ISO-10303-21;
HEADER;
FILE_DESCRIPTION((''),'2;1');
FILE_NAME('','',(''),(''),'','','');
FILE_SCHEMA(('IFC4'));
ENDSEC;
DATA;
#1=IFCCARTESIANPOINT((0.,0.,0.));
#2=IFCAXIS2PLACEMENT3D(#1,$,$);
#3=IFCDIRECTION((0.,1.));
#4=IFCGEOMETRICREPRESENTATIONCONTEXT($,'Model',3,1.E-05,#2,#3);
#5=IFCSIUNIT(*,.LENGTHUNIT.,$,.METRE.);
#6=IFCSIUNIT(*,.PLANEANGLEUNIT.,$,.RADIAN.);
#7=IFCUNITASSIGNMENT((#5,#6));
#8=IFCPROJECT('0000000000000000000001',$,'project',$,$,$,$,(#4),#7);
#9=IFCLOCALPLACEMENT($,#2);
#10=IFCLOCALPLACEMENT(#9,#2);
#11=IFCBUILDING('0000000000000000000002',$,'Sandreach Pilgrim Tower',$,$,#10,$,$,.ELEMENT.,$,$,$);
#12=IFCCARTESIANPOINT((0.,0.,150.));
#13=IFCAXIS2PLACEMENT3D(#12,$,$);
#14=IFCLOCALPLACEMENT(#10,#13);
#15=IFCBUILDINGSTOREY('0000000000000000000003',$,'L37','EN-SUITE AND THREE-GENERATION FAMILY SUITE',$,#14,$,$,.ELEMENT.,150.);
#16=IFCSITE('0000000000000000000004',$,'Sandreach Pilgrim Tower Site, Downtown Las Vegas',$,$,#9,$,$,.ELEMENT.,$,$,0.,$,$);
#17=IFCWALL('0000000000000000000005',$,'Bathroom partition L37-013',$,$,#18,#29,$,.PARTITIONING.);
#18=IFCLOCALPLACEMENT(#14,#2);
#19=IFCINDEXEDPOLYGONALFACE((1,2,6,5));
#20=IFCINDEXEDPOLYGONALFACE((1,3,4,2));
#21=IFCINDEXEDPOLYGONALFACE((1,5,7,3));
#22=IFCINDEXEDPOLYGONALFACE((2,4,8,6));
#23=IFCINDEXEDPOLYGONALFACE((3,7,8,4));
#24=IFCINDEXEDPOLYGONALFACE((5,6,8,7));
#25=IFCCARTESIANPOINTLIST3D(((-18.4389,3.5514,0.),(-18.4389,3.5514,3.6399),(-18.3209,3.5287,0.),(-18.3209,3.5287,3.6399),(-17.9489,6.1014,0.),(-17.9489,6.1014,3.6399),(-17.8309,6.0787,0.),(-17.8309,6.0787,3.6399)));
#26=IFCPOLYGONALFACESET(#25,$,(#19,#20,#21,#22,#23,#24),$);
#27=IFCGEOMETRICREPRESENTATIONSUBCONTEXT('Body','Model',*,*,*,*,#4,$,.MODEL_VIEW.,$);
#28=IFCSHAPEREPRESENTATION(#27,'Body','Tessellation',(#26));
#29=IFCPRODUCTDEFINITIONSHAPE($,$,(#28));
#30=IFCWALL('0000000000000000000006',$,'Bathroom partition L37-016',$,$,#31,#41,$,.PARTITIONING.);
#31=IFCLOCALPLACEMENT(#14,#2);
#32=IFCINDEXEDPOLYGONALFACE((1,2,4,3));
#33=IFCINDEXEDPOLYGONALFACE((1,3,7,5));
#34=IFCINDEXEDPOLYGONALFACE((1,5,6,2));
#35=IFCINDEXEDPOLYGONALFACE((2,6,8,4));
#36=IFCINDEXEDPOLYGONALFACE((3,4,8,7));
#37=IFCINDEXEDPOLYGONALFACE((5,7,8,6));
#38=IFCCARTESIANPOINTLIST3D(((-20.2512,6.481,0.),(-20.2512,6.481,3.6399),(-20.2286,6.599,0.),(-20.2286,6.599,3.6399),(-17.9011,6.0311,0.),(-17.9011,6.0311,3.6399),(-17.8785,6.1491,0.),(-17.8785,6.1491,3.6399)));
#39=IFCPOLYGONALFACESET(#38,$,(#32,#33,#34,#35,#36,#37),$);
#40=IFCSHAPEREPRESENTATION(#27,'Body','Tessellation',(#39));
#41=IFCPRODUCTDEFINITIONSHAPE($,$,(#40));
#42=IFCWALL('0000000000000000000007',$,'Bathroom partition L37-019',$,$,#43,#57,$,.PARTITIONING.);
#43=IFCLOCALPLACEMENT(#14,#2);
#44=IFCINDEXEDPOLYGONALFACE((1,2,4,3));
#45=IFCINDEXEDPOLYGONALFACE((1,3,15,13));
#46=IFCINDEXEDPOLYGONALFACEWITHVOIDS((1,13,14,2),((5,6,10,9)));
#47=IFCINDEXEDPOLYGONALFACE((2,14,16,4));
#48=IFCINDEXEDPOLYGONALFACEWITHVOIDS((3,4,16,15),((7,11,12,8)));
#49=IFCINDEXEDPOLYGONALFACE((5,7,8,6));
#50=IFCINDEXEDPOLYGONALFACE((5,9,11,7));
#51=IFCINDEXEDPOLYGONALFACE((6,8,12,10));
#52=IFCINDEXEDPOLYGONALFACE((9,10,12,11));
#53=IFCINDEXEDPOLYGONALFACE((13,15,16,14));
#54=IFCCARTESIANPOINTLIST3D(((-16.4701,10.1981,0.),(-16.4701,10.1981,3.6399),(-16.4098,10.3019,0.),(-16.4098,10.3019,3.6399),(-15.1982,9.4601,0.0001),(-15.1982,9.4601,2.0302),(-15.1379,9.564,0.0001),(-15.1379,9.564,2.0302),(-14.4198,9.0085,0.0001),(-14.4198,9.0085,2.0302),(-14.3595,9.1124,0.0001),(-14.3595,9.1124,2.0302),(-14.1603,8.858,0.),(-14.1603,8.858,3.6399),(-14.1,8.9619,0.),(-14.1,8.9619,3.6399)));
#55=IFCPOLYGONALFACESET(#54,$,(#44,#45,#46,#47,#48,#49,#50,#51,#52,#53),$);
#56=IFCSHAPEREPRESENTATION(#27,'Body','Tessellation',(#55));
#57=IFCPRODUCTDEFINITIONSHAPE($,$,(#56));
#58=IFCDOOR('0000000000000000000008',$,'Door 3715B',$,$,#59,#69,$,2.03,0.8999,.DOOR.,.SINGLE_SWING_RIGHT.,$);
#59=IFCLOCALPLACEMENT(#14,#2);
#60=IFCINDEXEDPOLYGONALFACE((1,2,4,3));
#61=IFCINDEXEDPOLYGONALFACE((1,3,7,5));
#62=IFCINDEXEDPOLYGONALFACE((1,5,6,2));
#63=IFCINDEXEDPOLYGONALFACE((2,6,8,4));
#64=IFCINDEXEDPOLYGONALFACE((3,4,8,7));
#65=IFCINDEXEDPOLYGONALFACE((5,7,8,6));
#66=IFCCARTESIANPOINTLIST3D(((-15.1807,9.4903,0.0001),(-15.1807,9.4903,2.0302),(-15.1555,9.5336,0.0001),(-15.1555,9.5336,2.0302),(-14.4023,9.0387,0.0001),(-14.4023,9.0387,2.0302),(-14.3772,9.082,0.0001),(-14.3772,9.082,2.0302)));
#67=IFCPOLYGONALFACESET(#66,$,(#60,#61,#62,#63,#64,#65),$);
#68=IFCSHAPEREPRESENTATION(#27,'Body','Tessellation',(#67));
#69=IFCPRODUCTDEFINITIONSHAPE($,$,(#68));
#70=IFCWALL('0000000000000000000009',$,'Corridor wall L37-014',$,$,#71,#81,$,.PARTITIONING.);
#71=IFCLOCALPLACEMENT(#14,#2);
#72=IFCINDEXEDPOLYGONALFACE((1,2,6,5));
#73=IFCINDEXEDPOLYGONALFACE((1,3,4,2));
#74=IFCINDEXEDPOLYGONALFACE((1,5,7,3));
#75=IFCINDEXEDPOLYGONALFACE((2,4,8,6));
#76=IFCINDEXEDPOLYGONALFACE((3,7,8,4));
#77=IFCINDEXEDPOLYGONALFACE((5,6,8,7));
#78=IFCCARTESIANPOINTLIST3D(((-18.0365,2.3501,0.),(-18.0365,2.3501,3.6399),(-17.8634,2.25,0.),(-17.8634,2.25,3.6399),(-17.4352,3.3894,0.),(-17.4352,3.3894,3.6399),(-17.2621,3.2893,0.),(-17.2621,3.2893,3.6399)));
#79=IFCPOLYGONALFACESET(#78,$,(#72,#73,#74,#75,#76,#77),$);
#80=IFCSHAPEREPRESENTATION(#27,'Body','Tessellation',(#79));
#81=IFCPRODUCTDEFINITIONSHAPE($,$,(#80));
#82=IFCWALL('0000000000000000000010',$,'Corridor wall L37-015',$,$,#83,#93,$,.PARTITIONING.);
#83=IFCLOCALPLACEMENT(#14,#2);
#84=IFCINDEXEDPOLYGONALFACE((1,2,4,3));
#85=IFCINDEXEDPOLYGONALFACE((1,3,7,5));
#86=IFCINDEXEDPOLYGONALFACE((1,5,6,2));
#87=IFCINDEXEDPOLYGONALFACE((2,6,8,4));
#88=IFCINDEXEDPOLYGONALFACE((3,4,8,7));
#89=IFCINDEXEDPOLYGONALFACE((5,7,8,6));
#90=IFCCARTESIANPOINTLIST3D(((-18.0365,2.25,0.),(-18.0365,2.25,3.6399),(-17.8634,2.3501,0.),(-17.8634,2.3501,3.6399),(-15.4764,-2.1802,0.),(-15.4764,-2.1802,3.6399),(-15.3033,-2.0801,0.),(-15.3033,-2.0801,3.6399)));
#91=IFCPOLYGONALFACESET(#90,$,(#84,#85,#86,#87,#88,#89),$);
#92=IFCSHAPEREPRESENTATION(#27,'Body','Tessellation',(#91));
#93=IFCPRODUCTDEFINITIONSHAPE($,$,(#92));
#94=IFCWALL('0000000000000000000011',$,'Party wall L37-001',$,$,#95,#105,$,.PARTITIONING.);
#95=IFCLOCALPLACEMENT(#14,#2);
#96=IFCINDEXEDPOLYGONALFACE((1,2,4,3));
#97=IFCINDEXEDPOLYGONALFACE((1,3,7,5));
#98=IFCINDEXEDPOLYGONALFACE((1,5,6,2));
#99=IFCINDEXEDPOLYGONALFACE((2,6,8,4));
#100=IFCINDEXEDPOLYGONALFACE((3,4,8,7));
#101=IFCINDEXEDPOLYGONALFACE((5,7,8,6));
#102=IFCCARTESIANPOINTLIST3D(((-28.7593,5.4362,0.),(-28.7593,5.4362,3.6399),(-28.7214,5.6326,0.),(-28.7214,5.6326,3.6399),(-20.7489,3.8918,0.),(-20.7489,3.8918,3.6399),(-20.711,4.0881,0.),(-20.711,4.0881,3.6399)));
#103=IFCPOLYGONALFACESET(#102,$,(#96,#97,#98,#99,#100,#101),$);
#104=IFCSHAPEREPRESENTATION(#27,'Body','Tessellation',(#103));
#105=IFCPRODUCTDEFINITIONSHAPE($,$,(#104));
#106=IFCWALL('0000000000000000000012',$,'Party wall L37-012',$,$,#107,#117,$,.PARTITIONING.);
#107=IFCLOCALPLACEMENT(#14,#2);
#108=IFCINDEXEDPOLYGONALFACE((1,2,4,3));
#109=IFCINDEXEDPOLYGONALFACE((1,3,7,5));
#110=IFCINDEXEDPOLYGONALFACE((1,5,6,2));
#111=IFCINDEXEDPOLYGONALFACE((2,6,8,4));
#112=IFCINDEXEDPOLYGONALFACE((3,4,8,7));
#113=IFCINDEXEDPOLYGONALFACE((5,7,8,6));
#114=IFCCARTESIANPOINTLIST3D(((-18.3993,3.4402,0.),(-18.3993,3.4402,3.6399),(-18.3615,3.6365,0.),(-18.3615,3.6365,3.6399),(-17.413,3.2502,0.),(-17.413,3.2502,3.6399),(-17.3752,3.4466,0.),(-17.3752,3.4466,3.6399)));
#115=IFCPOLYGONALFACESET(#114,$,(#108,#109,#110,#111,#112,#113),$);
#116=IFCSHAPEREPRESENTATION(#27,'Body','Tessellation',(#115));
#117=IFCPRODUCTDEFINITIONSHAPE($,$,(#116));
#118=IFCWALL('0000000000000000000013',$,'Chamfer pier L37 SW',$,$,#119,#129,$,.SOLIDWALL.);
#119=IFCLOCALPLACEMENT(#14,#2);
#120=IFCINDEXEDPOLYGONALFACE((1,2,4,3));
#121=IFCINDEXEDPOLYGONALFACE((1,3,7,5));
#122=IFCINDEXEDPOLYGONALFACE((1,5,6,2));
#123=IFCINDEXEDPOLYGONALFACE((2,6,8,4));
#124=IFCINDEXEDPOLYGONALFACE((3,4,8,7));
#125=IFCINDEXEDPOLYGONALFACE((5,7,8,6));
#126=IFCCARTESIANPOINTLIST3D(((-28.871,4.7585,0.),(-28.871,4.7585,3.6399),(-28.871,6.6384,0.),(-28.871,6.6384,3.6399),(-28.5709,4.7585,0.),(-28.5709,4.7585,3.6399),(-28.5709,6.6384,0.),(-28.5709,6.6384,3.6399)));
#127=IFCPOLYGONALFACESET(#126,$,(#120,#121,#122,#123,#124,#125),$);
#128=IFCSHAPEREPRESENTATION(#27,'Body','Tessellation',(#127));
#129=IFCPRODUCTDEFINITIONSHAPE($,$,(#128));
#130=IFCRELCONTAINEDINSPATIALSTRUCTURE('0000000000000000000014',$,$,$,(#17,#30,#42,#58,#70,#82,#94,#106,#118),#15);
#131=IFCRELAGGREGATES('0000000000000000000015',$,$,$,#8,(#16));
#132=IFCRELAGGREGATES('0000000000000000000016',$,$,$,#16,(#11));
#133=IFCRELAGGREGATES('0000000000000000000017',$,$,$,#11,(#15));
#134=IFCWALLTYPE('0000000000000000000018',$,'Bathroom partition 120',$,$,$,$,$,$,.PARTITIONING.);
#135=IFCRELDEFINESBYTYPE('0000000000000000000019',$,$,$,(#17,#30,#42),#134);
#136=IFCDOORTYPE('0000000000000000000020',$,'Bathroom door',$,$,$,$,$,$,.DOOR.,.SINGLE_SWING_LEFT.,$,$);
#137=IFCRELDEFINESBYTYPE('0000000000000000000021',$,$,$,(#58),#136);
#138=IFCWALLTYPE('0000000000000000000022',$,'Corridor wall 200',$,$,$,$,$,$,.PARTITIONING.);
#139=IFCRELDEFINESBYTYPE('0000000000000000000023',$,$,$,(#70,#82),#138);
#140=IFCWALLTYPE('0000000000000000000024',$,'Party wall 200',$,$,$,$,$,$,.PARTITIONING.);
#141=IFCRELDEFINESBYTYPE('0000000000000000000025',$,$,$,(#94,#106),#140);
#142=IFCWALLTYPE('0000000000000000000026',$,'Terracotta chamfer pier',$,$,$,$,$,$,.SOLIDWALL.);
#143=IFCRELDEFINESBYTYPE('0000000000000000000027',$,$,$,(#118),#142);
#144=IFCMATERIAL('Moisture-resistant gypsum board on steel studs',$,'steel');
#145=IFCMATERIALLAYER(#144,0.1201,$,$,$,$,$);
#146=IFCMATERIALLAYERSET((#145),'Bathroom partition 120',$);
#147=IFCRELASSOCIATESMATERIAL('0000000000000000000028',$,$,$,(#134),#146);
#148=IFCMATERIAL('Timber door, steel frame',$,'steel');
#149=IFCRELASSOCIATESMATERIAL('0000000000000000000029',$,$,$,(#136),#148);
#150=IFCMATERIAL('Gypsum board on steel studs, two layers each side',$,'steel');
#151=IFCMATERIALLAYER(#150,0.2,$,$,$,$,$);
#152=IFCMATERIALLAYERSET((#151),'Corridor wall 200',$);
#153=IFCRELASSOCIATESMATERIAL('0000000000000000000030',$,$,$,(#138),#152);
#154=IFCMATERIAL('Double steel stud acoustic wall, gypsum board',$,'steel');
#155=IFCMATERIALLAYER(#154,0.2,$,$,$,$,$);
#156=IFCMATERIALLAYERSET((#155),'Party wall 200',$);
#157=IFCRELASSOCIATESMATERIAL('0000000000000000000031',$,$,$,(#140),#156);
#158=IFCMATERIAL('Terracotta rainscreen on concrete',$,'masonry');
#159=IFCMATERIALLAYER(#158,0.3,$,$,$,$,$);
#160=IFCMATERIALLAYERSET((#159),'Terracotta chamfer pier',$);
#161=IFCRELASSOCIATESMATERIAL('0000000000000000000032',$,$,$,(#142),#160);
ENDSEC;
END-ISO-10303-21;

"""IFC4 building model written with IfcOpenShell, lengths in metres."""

from ifc_helpers import new_model, si_unit, direction, frame, frame_2d, origin, place, context, subcontext, project, spatial, rectangle, extrude, material, layer, layer_set, type_object, element, fill, save


model = new_model("IFC4")

# Units and contexts
model_context = context("Model", 3, precision=1e-05, world=origin(), true_north=direction((0.0, 1.0)))
body_context = subcontext(model_context, "Body", "Model", "MODEL_VIEW")
ifc_project = project(units=[si_unit("LENGTHUNIT", "METRE"), si_unit("PLANEANGLEUNIT", "RADIAN")], contexts=[model_context])

# Site, building, storey
site_placement = place(None, origin())
site = spatial("IfcSite", under=ifc_project, at=site_placement, Name="Sandreach Pilgrim Tower Site, Downtown Las Vegas", CompositionType="ELEMENT", RefElevation=0.0)
building_placement = place(site_placement, origin())
building = spatial("IfcBuilding", under=site, at=building_placement, Name="Sandreach Pilgrim Tower", CompositionType="ELEMENT")
storey_placement = place(building_placement, frame((0.0, 0.0, 150.0)))
storey = spatial("IfcBuildingStorey", under=building, at=storey_placement, Name="L37", Description="EN-SUITE AND THREE-GENERATION FAMILY SUITE", CompositionType="ELEMENT", Elevation=150.0)

# Shared definitions
ifc_material_1 = material(Name="Moisture-resistant gypsum board on steel studs", Category="steel")
ifc_layer_1 = layer(ifc_material_1, 0.1201)
ifc_layer_set_1 = layer_set([ifc_layer_1], Name="Bathroom partition 120")
wall_type_1 = type_object("IfcWallType", Name="Bathroom partition 120", PredefinedType="PARTITIONING", material=ifc_layer_set_1)

# Shared definitions
ifc_material_2 = material(Name="Timber door, steel frame", Category="steel")
door_type_1 = type_object("IfcDoorType", Name="Bathroom door", OperationType="SINGLE_SWING_LEFT", PredefinedType="DOOR", material=ifc_material_2)

# Walls
wall_1_placement = place(storey_placement, frame((-18.3799, 3.54, 0.0), z_axis=(0.0, 0.0, 1.0), x_axis=(0.188697, 0.982035, 0.0)))
element("IfcWall", 1, at=wall_1_placement, inside=storey, type_object=wall_type_1, Name="Bathroom partition L37-013", PredefinedType="PARTITIONING", context=body_context, shape_type="SweptSolid", body=[
    extrude(rectangle(XDim=2.5967, YDim=0.1201, at=frame_2d((1.2983, 0.0))), origin(), (0.0, 0.0, 1.0), 3.6399),
])
wall_2_placement = place(storey_placement, frame((-17.8899, 6.0901, 0.0), z_axis=(0.0, 0.0, 1.0), x_axis=(-0.98216, 0.188045, 0.0)))
element("IfcWall", 2, at=wall_2_placement, inside=storey, type_object=wall_type_1, Name="Bathroom partition L37-016", PredefinedType="PARTITIONING", context=body_context, shape_type="SweptSolid", body=[
    extrude(rectangle(XDim=2.3928, YDim=0.1201, at=frame_2d((1.1963, 0.0))), origin(), (0.0, 0.0, 1.0), 3.6399),
])

# Wall, opening, door
wall_3_placement = place(storey_placement, frame((-16.4399, 10.25, 0.0), z_axis=(0.0, 0.0, 1.0), x_axis=(0.864967, -0.501829, 0.0)))
wall_3 = element("IfcWall", 3, at=wall_3_placement, inside=storey, type_object=wall_type_1, Name="Bathroom partition L37-019", PredefinedType="PARTITIONING", context=body_context, shape_type="SweptSolid", body=[
    extrude(rectangle(XDim=2.6704, YDim=0.1201, at=frame_2d((1.3352, 0.0))), origin(), (0.0, 0.0, 1.0), 3.6399),
])
opening_1_placement = place(wall_3_placement, frame((1.4705, 0.0, 0.0)))
opening_1 = element("IfcOpeningElement", 4, at=opening_1_placement, cuts=wall_3, PredefinedType="OPENING", context=body_context, shape_type="SweptSolid", body=[
    extrude(rectangle(XDim=0.8999, YDim=2.03, at=frame_2d((0.45, 1.0151))), frame((0.0, 0.0601, 0.0), z_axis=(0.0, -1.0, 0.0), x_axis=(1.0, 0.0, 0.0)), (0.0, 0.0, 1.0), 0.1201),
])
door_1_placement = place(opening_1_placement, origin())
door_1 = element("IfcDoor", 5, at=door_1_placement, inside=storey, type_object=door_type_1, Name="Door 3715B", OperationType="SINGLE_SWING_RIGHT", OverallHeight=2.03, OverallWidth=0.8999, PredefinedType="DOOR", context=body_context, shape_type="SweptSolid", body=[
    extrude(rectangle(XDim=0.8999, YDim=2.03, at=frame_2d((0.45, 1.0151))), frame((0.0, 0.0249, 0.0), z_axis=(0.0, -1.0, 0.0), x_axis=(1.0, 0.0, 0.0)), (0.0, 0.0, 1.0), 0.05),
])
fill(opening_1, door_1)

# Walls
ifc_material_3 = material(Name="Gypsum board on steel studs, two layers each side", Category="steel")
ifc_layer_2 = layer(ifc_material_3, 0.2)
ifc_layer_set_2 = layer_set([ifc_layer_2], Name="Corridor wall 200")
wall_type_2 = type_object("IfcWallType", Name="Corridor wall 200", PredefinedType="PARTITIONING", material=ifc_layer_set_2)
wall_4_placement = place(storey_placement, frame((-17.95, 2.3, 0.0), z_axis=(0.0, 0.0, 1.0), x_axis=(0.500796, 0.865565, 0.0)))
element("IfcWall", 6, at=wall_4_placement, inside=storey, type_object=wall_type_2, Name="Corridor wall L37-014", PredefinedType="PARTITIONING", context=body_context, shape_type="SweptSolid", body=[
    extrude(rectangle(XDim=1.2007, YDim=0.2, at=frame_2d((0.6003, 0.0))), origin(), (0.0, 0.0, 1.0), 3.6399),
])
wall_5_placement = place(storey_placement, frame((-17.95, 2.3, 0.0), z_axis=(0.0, 0.0, 1.0), x_axis=(0.500336, -0.865831, 0.0)))
element("IfcWall", 7, at=wall_5_placement, inside=storey, type_object=wall_type_2, Name="Corridor wall L37-015", PredefinedType="PARTITIONING", context=body_context, shape_type="SweptSolid", body=[
    extrude(rectangle(XDim=5.1167, YDim=0.2, at=frame_2d((2.5583, 0.0))), origin(), (0.0, 0.0, 1.0), 3.6399),
])

# Walls
ifc_material_4 = material(Name="Double steel stud acoustic wall, gypsum board", Category="steel")
ifc_layer_3 = layer(ifc_material_4, 0.2)
ifc_layer_set_3 = layer_set([ifc_layer_3], Name="Party wall 200")
wall_type_3 = type_object("IfcWallType", Name="Party wall 200", PredefinedType="PARTITIONING", material=ifc_layer_set_3)
wall_6_placement = place(storey_placement, frame((-28.7405, 5.5344, 0.0), z_axis=(0.0, 0.0, 1.0), x_axis=(0.981916, -0.189315, 0.0)))
element("IfcWall", 8, at=wall_6_placement, inside=storey, type_object=wall_type_3, Name="Party wall L37-001", PredefinedType="PARTITIONING", context=body_context, shape_type="SweptSolid", body=[
    extrude(rectangle(XDim=8.158, YDim=0.2, at=frame_2d((4.0791, 0.0))), origin(), (0.0, 0.0, 1.0), 3.6399),
])
wall_7_placement = place(storey_placement, frame((-18.3804, 3.5383, 0.0), z_axis=(0.0, 0.0, 1.0), x_axis=(0.981958, -0.1891, 0.0)))
element("IfcWall", 9, at=wall_7_placement, inside=storey, type_object=wall_type_3, Name="Party wall L37-012", PredefinedType="PARTITIONING", context=body_context, shape_type="SweptSolid", body=[
    extrude(rectangle(XDim=1.0044, YDim=0.2, at=frame_2d((0.5022, 0.0))), origin(), (0.0, 0.0, 1.0), 3.6399),
])
ifc_material_5 = material(Name="Terracotta rainscreen on concrete", Category="masonry")
ifc_layer_4 = layer(ifc_material_5, 0.3)
ifc_layer_set_4 = layer_set([ifc_layer_4], Name="Terracotta chamfer pier")
wall_type_4 = type_object("IfcWallType", Name="Terracotta chamfer pier", PredefinedType="SOLIDWALL", material=ifc_layer_set_4)
wall_8_placement = place(storey_placement, frame((-28.7209, 4.7585, 0.0), z_axis=(0.0, 0.0, 1.0), x_axis=(0.0, 1.0, 0.0)))
element("IfcWall", 10, at=wall_8_placement, inside=storey, type_object=wall_type_4, Name="Chamfer pier L37 SW", PredefinedType="SOLIDWALL", context=body_context, shape_type="SweptSolid", body=[
    extrude(rectangle(XDim=1.8799, YDim=0.3, at=frame_2d((0.9399, 0.0))), origin(), (0.0, 0.0, 1.0), 3.6399),
])

save(model, "model.ifc")
